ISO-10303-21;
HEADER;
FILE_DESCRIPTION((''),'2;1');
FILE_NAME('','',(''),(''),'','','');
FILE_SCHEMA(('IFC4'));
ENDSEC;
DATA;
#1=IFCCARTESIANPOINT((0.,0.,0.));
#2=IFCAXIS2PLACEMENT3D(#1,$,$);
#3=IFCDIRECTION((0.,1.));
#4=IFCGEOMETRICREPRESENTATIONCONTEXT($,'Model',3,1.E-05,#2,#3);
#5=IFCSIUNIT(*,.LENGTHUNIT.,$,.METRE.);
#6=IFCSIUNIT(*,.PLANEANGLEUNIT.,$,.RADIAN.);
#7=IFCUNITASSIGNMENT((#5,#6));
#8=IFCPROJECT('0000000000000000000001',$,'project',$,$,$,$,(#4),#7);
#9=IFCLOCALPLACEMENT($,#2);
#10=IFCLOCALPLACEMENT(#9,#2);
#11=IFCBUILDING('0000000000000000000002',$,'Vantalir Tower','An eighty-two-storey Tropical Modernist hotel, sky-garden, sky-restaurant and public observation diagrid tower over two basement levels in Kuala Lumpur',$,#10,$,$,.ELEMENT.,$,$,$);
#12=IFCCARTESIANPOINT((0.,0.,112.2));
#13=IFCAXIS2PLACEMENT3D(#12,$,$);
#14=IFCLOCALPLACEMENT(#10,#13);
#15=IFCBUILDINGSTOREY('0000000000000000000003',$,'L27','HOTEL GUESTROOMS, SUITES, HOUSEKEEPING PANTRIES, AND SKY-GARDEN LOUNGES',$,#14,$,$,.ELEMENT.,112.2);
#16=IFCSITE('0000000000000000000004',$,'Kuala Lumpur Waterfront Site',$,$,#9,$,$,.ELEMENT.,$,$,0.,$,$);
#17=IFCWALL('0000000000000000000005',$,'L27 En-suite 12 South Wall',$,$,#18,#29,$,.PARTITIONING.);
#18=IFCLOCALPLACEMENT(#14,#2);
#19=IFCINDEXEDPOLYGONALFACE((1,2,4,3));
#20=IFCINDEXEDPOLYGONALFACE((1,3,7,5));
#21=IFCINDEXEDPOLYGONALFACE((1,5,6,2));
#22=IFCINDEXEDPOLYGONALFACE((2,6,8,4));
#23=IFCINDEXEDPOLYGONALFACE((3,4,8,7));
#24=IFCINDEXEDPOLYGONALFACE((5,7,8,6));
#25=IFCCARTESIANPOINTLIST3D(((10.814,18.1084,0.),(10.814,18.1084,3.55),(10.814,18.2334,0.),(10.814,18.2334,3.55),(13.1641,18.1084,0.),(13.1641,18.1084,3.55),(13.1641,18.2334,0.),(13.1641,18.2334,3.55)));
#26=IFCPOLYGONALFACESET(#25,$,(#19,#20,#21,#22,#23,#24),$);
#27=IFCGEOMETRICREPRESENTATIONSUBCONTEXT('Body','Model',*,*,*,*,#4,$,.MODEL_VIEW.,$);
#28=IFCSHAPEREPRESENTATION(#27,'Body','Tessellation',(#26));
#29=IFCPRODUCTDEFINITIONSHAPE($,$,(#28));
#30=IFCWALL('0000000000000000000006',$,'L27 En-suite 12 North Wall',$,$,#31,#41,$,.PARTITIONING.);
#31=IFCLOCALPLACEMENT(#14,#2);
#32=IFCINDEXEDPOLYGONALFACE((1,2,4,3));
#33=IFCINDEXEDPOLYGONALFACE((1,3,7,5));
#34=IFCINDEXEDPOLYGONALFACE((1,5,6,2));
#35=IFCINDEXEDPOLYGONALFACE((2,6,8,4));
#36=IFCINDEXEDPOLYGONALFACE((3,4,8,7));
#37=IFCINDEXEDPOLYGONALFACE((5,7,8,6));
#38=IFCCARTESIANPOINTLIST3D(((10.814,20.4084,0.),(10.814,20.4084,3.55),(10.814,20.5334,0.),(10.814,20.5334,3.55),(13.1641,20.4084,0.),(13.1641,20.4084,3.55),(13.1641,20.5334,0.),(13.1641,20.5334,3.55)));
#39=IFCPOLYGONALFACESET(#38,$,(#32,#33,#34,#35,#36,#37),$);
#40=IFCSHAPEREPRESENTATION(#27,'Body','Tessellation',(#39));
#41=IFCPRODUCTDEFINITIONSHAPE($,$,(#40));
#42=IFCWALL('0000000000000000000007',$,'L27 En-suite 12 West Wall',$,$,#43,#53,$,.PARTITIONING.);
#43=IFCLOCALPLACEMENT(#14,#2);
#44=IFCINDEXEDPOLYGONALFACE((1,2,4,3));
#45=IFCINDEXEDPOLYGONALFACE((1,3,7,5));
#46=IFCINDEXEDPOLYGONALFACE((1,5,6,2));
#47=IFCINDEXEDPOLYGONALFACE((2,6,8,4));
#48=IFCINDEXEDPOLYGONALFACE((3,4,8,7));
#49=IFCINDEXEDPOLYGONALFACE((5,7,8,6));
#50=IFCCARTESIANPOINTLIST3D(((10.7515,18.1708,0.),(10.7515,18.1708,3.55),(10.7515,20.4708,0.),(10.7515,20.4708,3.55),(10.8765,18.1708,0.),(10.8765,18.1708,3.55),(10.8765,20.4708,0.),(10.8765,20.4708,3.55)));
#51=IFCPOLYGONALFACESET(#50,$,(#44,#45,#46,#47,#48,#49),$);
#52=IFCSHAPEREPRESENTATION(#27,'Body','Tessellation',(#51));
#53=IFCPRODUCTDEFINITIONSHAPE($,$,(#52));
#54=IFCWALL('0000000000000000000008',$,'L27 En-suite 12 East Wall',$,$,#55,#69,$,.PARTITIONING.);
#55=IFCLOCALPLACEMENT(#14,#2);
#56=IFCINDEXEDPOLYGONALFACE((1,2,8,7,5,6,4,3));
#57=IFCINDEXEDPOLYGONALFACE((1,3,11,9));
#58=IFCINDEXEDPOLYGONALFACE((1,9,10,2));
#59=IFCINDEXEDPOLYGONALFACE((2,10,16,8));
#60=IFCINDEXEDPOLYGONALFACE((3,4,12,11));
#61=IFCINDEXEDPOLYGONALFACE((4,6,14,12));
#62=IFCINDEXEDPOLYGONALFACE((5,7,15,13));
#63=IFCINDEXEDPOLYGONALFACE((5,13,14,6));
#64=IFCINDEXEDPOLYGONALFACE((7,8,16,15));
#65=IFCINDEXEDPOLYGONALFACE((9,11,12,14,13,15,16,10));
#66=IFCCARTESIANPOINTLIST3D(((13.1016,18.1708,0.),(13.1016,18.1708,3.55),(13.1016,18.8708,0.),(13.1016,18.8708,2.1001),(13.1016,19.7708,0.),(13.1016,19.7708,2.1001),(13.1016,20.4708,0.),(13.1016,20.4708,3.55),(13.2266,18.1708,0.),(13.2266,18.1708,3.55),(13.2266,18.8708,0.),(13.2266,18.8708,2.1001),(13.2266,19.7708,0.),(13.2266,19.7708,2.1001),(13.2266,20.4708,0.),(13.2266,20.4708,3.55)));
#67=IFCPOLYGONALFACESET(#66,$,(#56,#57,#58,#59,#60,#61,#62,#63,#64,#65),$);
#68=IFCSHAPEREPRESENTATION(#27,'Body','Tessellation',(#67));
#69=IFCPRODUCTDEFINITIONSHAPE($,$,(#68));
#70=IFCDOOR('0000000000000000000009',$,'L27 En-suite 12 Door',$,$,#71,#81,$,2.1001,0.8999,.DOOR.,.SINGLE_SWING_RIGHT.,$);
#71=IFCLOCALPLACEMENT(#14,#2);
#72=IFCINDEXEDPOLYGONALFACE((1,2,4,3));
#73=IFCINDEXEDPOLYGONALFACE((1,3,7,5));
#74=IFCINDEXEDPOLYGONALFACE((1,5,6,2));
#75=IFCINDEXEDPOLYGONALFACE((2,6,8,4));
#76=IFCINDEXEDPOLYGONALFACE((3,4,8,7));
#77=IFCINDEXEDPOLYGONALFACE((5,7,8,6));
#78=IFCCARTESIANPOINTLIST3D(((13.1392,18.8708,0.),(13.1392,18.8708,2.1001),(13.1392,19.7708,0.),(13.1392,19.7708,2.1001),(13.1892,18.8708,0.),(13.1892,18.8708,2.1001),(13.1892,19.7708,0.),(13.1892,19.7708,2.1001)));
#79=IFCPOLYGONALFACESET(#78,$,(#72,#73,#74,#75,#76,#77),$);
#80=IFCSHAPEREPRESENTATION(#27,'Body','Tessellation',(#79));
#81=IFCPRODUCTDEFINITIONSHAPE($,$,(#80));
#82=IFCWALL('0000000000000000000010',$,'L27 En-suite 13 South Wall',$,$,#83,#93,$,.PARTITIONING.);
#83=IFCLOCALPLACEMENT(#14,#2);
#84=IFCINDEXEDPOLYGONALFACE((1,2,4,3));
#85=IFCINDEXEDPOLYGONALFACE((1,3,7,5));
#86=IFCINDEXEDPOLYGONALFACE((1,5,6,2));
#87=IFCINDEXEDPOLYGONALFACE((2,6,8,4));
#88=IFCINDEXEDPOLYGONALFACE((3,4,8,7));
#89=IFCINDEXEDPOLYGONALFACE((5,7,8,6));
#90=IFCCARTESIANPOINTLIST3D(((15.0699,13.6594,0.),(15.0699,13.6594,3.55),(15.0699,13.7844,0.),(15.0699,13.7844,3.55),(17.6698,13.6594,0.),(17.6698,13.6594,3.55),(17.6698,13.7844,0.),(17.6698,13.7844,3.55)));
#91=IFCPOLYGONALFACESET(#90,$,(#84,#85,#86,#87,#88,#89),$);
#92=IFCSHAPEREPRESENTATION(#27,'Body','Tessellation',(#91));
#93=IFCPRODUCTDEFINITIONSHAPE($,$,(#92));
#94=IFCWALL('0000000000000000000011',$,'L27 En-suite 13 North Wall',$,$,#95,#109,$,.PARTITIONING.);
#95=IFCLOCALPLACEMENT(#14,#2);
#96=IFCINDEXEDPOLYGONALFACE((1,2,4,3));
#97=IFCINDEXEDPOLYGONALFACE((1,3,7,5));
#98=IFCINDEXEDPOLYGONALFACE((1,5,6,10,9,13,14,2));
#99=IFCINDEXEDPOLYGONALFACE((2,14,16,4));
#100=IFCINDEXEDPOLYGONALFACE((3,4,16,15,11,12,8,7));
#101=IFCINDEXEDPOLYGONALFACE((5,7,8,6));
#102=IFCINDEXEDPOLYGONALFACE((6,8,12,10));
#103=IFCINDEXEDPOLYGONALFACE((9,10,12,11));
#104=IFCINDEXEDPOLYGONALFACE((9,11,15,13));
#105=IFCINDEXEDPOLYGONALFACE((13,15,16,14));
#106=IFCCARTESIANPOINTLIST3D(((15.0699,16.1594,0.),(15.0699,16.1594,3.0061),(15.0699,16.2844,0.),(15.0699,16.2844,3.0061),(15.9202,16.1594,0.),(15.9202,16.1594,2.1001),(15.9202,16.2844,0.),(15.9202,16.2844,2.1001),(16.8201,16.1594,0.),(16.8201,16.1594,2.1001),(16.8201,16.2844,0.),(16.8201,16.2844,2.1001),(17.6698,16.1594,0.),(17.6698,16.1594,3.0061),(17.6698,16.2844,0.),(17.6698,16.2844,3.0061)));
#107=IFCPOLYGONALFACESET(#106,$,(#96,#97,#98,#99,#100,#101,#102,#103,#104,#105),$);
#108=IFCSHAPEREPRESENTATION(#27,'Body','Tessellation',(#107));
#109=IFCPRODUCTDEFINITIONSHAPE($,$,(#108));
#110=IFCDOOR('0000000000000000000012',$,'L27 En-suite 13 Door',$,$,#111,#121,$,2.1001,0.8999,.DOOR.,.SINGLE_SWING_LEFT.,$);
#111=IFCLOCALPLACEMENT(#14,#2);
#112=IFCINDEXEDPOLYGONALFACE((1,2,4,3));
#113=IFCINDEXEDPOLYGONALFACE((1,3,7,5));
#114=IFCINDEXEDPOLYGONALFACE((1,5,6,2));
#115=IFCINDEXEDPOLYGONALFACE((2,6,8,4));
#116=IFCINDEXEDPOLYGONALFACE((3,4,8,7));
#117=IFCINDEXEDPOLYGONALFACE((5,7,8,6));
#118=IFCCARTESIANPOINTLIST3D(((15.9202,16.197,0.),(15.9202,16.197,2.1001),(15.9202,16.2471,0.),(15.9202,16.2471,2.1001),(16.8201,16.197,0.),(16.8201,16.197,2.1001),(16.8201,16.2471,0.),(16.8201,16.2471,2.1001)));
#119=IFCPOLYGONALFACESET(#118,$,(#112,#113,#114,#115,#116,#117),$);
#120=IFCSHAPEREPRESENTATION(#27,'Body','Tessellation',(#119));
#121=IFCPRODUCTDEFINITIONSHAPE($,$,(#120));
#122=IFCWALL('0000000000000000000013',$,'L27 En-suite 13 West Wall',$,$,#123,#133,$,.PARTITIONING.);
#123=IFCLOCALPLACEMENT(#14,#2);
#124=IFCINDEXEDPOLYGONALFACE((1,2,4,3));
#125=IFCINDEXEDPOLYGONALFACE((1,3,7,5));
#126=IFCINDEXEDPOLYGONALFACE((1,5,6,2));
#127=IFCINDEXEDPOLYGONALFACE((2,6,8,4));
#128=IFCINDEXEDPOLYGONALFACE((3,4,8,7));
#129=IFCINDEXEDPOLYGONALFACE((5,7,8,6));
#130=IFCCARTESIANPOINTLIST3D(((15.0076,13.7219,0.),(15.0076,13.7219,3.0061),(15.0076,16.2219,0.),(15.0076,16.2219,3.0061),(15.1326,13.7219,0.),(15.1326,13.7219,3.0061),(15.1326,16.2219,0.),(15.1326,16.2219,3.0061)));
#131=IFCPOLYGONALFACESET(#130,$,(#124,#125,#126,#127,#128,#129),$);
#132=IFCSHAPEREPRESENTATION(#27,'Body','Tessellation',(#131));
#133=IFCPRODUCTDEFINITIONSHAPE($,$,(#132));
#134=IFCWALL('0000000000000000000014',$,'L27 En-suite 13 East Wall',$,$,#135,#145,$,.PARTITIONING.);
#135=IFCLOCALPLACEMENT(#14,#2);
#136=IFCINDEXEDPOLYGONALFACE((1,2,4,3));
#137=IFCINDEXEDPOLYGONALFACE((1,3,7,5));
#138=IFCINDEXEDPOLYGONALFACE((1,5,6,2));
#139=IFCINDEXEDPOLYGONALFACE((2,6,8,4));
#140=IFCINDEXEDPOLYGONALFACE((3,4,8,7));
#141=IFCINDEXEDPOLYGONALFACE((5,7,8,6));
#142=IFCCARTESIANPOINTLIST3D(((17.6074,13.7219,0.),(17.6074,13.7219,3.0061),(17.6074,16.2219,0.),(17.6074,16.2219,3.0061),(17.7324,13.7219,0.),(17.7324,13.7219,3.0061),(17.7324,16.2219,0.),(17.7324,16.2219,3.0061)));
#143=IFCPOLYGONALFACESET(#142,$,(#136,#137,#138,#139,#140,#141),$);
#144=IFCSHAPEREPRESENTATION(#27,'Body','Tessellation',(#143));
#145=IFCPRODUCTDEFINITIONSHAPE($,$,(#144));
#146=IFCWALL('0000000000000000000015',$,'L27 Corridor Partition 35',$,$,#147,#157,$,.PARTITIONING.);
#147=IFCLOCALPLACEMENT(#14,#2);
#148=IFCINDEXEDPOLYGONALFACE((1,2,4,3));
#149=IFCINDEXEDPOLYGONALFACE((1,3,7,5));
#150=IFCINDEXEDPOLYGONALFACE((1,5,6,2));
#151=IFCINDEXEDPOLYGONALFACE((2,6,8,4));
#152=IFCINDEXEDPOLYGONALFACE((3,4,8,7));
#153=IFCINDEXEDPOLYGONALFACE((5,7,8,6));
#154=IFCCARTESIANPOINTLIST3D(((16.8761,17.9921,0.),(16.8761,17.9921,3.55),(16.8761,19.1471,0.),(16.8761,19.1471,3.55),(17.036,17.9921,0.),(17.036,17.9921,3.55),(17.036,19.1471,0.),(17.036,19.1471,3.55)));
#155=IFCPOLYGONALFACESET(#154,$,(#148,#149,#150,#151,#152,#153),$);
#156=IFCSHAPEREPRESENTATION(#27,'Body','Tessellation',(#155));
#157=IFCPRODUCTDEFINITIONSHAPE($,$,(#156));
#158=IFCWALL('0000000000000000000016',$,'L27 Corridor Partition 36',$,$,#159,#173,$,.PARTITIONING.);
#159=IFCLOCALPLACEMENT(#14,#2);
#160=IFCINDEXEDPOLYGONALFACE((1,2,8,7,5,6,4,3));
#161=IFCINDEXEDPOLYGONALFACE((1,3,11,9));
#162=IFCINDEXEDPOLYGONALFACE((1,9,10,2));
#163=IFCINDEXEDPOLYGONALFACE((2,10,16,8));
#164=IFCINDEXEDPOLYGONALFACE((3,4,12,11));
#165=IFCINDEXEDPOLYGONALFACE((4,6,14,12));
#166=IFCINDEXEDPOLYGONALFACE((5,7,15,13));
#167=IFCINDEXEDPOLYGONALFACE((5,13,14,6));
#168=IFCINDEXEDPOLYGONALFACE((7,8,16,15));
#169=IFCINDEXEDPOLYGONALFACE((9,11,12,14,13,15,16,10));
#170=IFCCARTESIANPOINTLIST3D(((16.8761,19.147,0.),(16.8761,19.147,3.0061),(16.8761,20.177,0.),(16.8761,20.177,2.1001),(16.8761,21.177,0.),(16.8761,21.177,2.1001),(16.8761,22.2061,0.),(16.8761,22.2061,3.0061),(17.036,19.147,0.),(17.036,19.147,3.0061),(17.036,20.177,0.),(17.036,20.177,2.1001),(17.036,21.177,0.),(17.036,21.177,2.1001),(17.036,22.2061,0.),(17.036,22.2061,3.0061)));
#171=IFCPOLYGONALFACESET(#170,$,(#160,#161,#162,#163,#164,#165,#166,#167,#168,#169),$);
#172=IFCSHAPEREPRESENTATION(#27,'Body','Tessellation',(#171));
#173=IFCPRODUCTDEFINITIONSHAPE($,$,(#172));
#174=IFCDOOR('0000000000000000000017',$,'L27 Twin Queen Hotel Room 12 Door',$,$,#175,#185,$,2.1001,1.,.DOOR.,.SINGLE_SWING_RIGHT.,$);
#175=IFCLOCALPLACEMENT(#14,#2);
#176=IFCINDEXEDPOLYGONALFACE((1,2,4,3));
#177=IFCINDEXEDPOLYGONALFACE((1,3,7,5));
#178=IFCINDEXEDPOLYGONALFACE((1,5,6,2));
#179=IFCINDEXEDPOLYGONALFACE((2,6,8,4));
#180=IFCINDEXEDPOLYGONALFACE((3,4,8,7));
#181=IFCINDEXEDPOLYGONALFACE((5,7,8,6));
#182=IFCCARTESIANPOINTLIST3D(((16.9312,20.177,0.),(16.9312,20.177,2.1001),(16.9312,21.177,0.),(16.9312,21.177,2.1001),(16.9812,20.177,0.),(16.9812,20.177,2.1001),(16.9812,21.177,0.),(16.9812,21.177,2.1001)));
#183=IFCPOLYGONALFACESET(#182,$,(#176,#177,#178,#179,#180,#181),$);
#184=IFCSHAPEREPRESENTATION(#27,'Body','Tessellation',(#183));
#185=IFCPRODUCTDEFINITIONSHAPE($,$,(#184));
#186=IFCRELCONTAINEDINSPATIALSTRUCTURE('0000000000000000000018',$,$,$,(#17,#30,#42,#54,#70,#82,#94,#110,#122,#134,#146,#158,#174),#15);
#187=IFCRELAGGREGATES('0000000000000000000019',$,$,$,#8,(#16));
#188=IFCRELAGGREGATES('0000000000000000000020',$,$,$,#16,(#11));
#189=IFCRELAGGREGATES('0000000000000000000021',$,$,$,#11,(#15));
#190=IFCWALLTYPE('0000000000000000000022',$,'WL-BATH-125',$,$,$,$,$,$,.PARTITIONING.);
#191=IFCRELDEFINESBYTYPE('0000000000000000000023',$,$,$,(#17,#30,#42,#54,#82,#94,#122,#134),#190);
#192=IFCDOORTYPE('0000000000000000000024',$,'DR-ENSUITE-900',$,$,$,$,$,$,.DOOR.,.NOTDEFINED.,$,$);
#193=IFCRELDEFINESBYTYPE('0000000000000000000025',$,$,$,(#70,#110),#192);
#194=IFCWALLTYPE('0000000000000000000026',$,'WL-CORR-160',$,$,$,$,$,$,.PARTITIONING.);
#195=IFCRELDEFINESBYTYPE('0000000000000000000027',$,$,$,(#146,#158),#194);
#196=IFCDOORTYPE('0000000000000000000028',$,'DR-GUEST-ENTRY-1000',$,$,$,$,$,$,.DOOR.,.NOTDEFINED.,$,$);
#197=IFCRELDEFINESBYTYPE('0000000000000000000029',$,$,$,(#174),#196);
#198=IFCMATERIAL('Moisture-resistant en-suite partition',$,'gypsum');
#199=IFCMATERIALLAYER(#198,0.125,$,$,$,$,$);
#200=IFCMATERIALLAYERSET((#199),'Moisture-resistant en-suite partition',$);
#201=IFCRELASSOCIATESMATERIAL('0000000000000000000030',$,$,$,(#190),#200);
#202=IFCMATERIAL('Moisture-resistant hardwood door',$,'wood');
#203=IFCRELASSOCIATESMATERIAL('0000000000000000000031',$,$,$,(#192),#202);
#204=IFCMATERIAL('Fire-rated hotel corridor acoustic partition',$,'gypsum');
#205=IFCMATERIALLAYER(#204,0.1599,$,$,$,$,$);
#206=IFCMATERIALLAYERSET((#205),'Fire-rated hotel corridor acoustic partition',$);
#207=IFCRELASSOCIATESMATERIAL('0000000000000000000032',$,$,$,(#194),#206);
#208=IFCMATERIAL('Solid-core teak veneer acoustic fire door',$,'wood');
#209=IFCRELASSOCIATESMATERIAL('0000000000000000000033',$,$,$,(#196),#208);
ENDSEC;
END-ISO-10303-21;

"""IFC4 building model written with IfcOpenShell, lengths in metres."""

from ifc_helpers import new_model, si_unit, direction, frame, frame_2d, origin, place, context, subcontext, project, spatial, rectangle, extrude, material, layer, layer_set, type_object, element, fill, save


model = new_model("IFC4")

# Units and contexts
model_context = context("Model", 3, precision=1e-05, world=origin(), true_north=direction((0.0, 1.0)))
body_context = subcontext(model_context, "Body", "Model", "MODEL_VIEW")
ifc_project = project(units=[si_unit("LENGTHUNIT", "METRE"), si_unit("PLANEANGLEUNIT", "RADIAN")], contexts=[model_context])

# Site, building, storey
site_placement = place(None, origin())
site = spatial("IfcSite", under=ifc_project, at=site_placement, Name="Kuala Lumpur Waterfront Site", CompositionType="ELEMENT", RefElevation=0.0)
building_placement = place(site_placement, origin())
building = spatial("IfcBuilding", under=site, at=building_placement, Name="Vantalir Tower", Description="An eighty-two-storey Tropical Modernist hotel, sky-garden, sky-restaurant and public observation diagrid tower over two basement levels in Kuala Lumpur", CompositionType="ELEMENT")
storey_placement = place(building_placement, frame((0.0, 0.0, 112.2)))
storey = spatial("IfcBuildingStorey", under=building, at=storey_placement, Name="L27", Description="HOTEL GUESTROOMS, SUITES, HOUSEKEEPING PANTRIES, AND SKY-GARDEN LOUNGES", CompositionType="ELEMENT", Elevation=112.2)

# Shared definitions
ifc_material_1 = material(Name="Moisture-resistant en-suite partition", Category="gypsum")
ifc_layer_1 = layer(ifc_material_1, 0.125)
ifc_layer_set_1 = layer_set([ifc_layer_1], Name="Moisture-resistant en-suite partition")
wall_type_1 = type_object("IfcWallType", Name="WL-BATH-125", PredefinedType="PARTITIONING", material=ifc_layer_set_1)

# Shared definitions
ifc_material_2 = material(Name="Moisture-resistant hardwood door", Category="wood")
door_type_1 = type_object("IfcDoorType", Name="DR-ENSUITE-900", OperationType="NOTDEFINED", PredefinedType="DOOR", material=ifc_material_2)

# Walls
for number, where, z_axis, x_axis, name in (
    (1, (10.814, 18.1709, 0.0), (0.0, 0.0, 1.0), (1.0, 0.0, 0.0), "L27 En-suite 12 South Wall"),
    (2, (10.814, 20.4709, 0.0), (0.0, 0.0, 1.0), (1.0, 0.0, 0.0), "L27 En-suite 12 North Wall"),
):
    element("IfcWall", number, at=place(storey_placement, frame(where, z_axis=z_axis, x_axis=x_axis)), inside=storey, type_object=wall_type_1, Name=name, PredefinedType="PARTITIONING", context=body_context, shape_type="SweptSolid", body=[
        extrude(rectangle(XDim=2.3501, YDim=0.125, at=frame_2d((1.175, 0.0))), origin(), (0.0, 0.0, 1.0), 3.55),
    ])
wall_1_placement = place(storey_placement, frame((10.814, 18.1709, 0.0), z_axis=(0.0, 0.0, 1.0), x_axis=(0.0, 1.0, 0.0)))
element("IfcWall", 3, at=wall_1_placement, inside=storey, type_object=wall_type_1, Name="L27 En-suite 12 West Wall", PredefinedType="PARTITIONING", context=body_context, shape_type="SweptSolid", body=[
    extrude(rectangle(XDim=2.3, YDim=0.125, at=frame_2d((1.1499, 0.0))), origin(), (0.0, 0.0, 1.0), 3.55),
])

# Wall, opening, door
wall_2_placement = place(storey_placement, frame((13.1641, 18.1709, 0.0), z_axis=(0.0, 0.0, 1.0), x_axis=(0.0, 1.0, 0.0)))
wall_2 = element("IfcWall", 4, at=wall_2_placement, inside=storey, type_object=wall_type_1, Name="L27 En-suite 12 East Wall", PredefinedType="PARTITIONING", context=body_context, shape_type="SweptSolid", body=[
    extrude(rectangle(XDim=2.3, YDim=0.125, at=frame_2d((1.1499, 0.0))), origin(), (0.0, 0.0, 1.0), 3.55),
])
opening_1_placement = place(wall_2_placement, frame((0.7, 0.0, 0.0)))
opening_1 = element("IfcOpeningElement", 5, at=opening_1_placement, cuts=wall_2, PredefinedType="OPENING", context=body_context, shape_type="SweptSolid", body=[
    extrude(rectangle(XDim=0.8999, YDim=2.1001, at=frame_2d((0.45, 1.05))), frame((0.0, 0.0725, 0.0), z_axis=(0.0, -1.0, 0.0), x_axis=(1.0, 0.0, 0.0)), (0.0, 0.0, 1.0), 0.145),
])
door_1_placement = place(opening_1_placement, origin())
door_1 = element("IfcDoor", 6, at=door_1_placement, inside=storey, type_object=door_type_1, Name="L27 En-suite 12 Door", OperationType="SINGLE_SWING_RIGHT", OverallHeight=2.1001, OverallWidth=0.8999, PredefinedType="DOOR", context=body_context, shape_type="SweptSolid", body=[
    extrude(rectangle(XDim=0.8999, YDim=2.1001, at=frame_2d((0.45, 1.05))), frame((0.0, 0.0249, 0.0), z_axis=(0.0, -1.0, 0.0), x_axis=(1.0, 0.0, 0.0)), (0.0, 0.0, 1.0), 0.05),
])
fill(opening_1, door_1)

# Wall
wall_3_placement = place(storey_placement, frame((15.0701, 13.7219, 0.0), z_axis=(0.0, 0.0, 1.0), x_axis=(1.0, 0.0, 0.0)))
element("IfcWall", 7, at=wall_3_placement, inside=storey, type_object=wall_type_1, Name="L27 En-suite 13 South Wall", PredefinedType="PARTITIONING", context=body_context, shape_type="SweptSolid", body=[
    extrude(rectangle(XDim=2.5999, YDim=0.125, at=frame_2d((1.2998, 0.0))), origin(), (0.0, 0.0, 1.0), 3.55),
])

# Wall, opening, door
wall_4_placement = place(storey_placement, frame((15.0701, 16.2219, 0.0), z_axis=(0.0, 0.0, 1.0), x_axis=(1.0, 0.0, 0.0)))
wall_4 = element("IfcWall", 8, at=wall_4_placement, inside=storey, type_object=wall_type_1, Name="L27 En-suite 13 North Wall", PredefinedType="PARTITIONING", context=body_context, shape_type="SweptSolid", body=[
    extrude(rectangle(XDim=2.5999, YDim=0.125, at=frame_2d((1.2998, 0.0))), origin(), (0.0, 0.0, 1.0), 3.0061),
])
opening_2_placement = place(wall_4_placement, frame((0.8501, 0.0, 0.0)))
opening_2 = element("IfcOpeningElement", 9, at=opening_2_placement, cuts=wall_4, PredefinedType="OPENING", context=body_context, shape_type="SweptSolid", body=[
    extrude(rectangle(XDim=0.8999, YDim=2.1001, at=frame_2d((0.45, 1.05))), frame((0.0, 0.0725, 0.0), z_axis=(0.0, -1.0, 0.0), x_axis=(1.0, 0.0, 0.0)), (0.0, 0.0, 1.0), 0.145),
])
door_2_placement = place(opening_2_placement, frame((0.8999, 0.0, 0.0), z_axis=(0.0, 0.0, 1.0), x_axis=(-1.0, 0.0, 0.0)))
door_2 = element("IfcDoor", 10, at=door_2_placement, inside=storey, type_object=door_type_1, Name="L27 En-suite 13 Door", OperationType="SINGLE_SWING_LEFT", OverallHeight=2.1001, OverallWidth=0.8999, PredefinedType="DOOR", context=body_context, shape_type="SweptSolid", body=[
    extrude(rectangle(XDim=0.8999, YDim=2.1001, at=frame_2d((0.45, 1.05))), frame((0.0, 0.0249, 0.0), z_axis=(0.0, -1.0, 0.0), x_axis=(1.0, 0.0, 0.0)), (0.0, 0.0, 1.0), 0.05),
])
fill(opening_2, door_2)

# Walls
for number, where, z_axis, x_axis, name in (
    (11, (15.0701, 13.7219, 0.0), (0.0, 0.0, 1.0), (0.0, 1.0, 0.0), "L27 En-suite 13 West Wall"),
    (12, (17.6699, 13.7219, 0.0), (0.0, 0.0, 1.0), (0.0, 1.0, 0.0), "L27 En-suite 13 East Wall"),
):
    element("IfcWall", number, at=place(storey_placement, frame(where, z_axis=z_axis, x_axis=x_axis)), inside=storey, type_object=wall_type_1, Name=name, PredefinedType="PARTITIONING", context=body_context, shape_type="SweptSolid", body=[
        extrude(rectangle(XDim=2.5, YDim=0.125, at=frame_2d((1.25, 0.0))), origin(), (0.0, 0.0, 1.0), 3.0061),
    ])
ifc_material_3 = material(Name="Fire-rated hotel corridor acoustic partition", Category="gypsum")
ifc_layer_2 = layer(ifc_material_3, 0.1599)
ifc_layer_set_2 = layer_set([ifc_layer_2], Name="Fire-rated hotel corridor acoustic partition")
wall_type_2 = type_object("IfcWallType", Name="WL-CORR-160", PredefinedType="PARTITIONING", material=ifc_layer_set_2)
wall_5_placement = place(storey_placement, frame((16.9561, 17.9919, 0.0), z_axis=(0.0, 0.0, 1.0), x_axis=(0.0, 1.0, 0.0)))
element("IfcWall", 13, at=wall_5_placement, inside=storey, type_object=wall_type_2, Name="L27 Corridor Partition 35", PredefinedType="PARTITIONING", context=body_context, shape_type="SweptSolid", body=[
    extrude(rectangle(XDim=1.155, YDim=0.1599, at=frame_2d((0.5776, 0.0))), origin(), (0.0, 0.0, 1.0), 3.55),
])

# Wall, opening, door
wall_6_placement = place(storey_placement, frame((16.9561, 19.147, 0.0), z_axis=(0.0, 0.0, 1.0), x_axis=(0.0, 1.0, 0.0)))
wall_6 = element("IfcWall", 14, at=wall_6_placement, inside=storey, type_object=wall_type_2, Name="L27 Corridor Partition 36", PredefinedType="PARTITIONING", context=body_context, shape_type="SweptSolid", body=[
    extrude(rectangle(XDim=3.0591, YDim=0.1599, at=frame_2d((1.5295, 0.0))), origin(), (0.0, 0.0, 1.0), 3.0061),
])
opening_3_placement = place(wall_6_placement, frame((1.03, 0.0, 0.0)))
opening_3 = element("IfcOpeningElement", 15, at=opening_3_placement, cuts=wall_6, PredefinedType="OPENING", context=body_context, shape_type="SweptSolid", body=[
    extrude(rectangle(XDim=1.0, YDim=2.1001, at=frame_2d((0.5, 1.05))), frame((0.0, 0.0898, 0.0), z_axis=(0.0, -1.0, 0.0), x_axis=(1.0, 0.0, 0.0)), (0.0, 0.0, 1.0), 0.1799),
])
ifc_material_4 = material(Name="Solid-core teak veneer acoustic fire door", Category="wood")
door_type_2 = type_object("IfcDoorType", Name="DR-GUEST-ENTRY-1000", OperationType="NOTDEFINED", PredefinedType="DOOR", material=ifc_material_4)
door_3_placement = place(opening_3_placement, origin())
door_3 = element("IfcDoor", 16, at=door_3_placement, inside=storey, type_object=door_type_2, Name="L27 Twin Queen Hotel Room 12 Door", OperationType="SINGLE_SWING_RIGHT", OverallHeight=2.1001, OverallWidth=1.0, PredefinedType="DOOR", context=body_context, shape_type="SweptSolid", body=[
    extrude(rectangle(XDim=1.0, YDim=2.1001, at=frame_2d((0.5, 1.05))), frame((0.0, 0.0249, 0.0), z_axis=(0.0, -1.0, 0.0), x_axis=(1.0, 0.0, 0.0)), (0.0, 0.0, 1.0), 0.05),
])
fill(opening_3, door_3)

save(model, "model.ifc")
